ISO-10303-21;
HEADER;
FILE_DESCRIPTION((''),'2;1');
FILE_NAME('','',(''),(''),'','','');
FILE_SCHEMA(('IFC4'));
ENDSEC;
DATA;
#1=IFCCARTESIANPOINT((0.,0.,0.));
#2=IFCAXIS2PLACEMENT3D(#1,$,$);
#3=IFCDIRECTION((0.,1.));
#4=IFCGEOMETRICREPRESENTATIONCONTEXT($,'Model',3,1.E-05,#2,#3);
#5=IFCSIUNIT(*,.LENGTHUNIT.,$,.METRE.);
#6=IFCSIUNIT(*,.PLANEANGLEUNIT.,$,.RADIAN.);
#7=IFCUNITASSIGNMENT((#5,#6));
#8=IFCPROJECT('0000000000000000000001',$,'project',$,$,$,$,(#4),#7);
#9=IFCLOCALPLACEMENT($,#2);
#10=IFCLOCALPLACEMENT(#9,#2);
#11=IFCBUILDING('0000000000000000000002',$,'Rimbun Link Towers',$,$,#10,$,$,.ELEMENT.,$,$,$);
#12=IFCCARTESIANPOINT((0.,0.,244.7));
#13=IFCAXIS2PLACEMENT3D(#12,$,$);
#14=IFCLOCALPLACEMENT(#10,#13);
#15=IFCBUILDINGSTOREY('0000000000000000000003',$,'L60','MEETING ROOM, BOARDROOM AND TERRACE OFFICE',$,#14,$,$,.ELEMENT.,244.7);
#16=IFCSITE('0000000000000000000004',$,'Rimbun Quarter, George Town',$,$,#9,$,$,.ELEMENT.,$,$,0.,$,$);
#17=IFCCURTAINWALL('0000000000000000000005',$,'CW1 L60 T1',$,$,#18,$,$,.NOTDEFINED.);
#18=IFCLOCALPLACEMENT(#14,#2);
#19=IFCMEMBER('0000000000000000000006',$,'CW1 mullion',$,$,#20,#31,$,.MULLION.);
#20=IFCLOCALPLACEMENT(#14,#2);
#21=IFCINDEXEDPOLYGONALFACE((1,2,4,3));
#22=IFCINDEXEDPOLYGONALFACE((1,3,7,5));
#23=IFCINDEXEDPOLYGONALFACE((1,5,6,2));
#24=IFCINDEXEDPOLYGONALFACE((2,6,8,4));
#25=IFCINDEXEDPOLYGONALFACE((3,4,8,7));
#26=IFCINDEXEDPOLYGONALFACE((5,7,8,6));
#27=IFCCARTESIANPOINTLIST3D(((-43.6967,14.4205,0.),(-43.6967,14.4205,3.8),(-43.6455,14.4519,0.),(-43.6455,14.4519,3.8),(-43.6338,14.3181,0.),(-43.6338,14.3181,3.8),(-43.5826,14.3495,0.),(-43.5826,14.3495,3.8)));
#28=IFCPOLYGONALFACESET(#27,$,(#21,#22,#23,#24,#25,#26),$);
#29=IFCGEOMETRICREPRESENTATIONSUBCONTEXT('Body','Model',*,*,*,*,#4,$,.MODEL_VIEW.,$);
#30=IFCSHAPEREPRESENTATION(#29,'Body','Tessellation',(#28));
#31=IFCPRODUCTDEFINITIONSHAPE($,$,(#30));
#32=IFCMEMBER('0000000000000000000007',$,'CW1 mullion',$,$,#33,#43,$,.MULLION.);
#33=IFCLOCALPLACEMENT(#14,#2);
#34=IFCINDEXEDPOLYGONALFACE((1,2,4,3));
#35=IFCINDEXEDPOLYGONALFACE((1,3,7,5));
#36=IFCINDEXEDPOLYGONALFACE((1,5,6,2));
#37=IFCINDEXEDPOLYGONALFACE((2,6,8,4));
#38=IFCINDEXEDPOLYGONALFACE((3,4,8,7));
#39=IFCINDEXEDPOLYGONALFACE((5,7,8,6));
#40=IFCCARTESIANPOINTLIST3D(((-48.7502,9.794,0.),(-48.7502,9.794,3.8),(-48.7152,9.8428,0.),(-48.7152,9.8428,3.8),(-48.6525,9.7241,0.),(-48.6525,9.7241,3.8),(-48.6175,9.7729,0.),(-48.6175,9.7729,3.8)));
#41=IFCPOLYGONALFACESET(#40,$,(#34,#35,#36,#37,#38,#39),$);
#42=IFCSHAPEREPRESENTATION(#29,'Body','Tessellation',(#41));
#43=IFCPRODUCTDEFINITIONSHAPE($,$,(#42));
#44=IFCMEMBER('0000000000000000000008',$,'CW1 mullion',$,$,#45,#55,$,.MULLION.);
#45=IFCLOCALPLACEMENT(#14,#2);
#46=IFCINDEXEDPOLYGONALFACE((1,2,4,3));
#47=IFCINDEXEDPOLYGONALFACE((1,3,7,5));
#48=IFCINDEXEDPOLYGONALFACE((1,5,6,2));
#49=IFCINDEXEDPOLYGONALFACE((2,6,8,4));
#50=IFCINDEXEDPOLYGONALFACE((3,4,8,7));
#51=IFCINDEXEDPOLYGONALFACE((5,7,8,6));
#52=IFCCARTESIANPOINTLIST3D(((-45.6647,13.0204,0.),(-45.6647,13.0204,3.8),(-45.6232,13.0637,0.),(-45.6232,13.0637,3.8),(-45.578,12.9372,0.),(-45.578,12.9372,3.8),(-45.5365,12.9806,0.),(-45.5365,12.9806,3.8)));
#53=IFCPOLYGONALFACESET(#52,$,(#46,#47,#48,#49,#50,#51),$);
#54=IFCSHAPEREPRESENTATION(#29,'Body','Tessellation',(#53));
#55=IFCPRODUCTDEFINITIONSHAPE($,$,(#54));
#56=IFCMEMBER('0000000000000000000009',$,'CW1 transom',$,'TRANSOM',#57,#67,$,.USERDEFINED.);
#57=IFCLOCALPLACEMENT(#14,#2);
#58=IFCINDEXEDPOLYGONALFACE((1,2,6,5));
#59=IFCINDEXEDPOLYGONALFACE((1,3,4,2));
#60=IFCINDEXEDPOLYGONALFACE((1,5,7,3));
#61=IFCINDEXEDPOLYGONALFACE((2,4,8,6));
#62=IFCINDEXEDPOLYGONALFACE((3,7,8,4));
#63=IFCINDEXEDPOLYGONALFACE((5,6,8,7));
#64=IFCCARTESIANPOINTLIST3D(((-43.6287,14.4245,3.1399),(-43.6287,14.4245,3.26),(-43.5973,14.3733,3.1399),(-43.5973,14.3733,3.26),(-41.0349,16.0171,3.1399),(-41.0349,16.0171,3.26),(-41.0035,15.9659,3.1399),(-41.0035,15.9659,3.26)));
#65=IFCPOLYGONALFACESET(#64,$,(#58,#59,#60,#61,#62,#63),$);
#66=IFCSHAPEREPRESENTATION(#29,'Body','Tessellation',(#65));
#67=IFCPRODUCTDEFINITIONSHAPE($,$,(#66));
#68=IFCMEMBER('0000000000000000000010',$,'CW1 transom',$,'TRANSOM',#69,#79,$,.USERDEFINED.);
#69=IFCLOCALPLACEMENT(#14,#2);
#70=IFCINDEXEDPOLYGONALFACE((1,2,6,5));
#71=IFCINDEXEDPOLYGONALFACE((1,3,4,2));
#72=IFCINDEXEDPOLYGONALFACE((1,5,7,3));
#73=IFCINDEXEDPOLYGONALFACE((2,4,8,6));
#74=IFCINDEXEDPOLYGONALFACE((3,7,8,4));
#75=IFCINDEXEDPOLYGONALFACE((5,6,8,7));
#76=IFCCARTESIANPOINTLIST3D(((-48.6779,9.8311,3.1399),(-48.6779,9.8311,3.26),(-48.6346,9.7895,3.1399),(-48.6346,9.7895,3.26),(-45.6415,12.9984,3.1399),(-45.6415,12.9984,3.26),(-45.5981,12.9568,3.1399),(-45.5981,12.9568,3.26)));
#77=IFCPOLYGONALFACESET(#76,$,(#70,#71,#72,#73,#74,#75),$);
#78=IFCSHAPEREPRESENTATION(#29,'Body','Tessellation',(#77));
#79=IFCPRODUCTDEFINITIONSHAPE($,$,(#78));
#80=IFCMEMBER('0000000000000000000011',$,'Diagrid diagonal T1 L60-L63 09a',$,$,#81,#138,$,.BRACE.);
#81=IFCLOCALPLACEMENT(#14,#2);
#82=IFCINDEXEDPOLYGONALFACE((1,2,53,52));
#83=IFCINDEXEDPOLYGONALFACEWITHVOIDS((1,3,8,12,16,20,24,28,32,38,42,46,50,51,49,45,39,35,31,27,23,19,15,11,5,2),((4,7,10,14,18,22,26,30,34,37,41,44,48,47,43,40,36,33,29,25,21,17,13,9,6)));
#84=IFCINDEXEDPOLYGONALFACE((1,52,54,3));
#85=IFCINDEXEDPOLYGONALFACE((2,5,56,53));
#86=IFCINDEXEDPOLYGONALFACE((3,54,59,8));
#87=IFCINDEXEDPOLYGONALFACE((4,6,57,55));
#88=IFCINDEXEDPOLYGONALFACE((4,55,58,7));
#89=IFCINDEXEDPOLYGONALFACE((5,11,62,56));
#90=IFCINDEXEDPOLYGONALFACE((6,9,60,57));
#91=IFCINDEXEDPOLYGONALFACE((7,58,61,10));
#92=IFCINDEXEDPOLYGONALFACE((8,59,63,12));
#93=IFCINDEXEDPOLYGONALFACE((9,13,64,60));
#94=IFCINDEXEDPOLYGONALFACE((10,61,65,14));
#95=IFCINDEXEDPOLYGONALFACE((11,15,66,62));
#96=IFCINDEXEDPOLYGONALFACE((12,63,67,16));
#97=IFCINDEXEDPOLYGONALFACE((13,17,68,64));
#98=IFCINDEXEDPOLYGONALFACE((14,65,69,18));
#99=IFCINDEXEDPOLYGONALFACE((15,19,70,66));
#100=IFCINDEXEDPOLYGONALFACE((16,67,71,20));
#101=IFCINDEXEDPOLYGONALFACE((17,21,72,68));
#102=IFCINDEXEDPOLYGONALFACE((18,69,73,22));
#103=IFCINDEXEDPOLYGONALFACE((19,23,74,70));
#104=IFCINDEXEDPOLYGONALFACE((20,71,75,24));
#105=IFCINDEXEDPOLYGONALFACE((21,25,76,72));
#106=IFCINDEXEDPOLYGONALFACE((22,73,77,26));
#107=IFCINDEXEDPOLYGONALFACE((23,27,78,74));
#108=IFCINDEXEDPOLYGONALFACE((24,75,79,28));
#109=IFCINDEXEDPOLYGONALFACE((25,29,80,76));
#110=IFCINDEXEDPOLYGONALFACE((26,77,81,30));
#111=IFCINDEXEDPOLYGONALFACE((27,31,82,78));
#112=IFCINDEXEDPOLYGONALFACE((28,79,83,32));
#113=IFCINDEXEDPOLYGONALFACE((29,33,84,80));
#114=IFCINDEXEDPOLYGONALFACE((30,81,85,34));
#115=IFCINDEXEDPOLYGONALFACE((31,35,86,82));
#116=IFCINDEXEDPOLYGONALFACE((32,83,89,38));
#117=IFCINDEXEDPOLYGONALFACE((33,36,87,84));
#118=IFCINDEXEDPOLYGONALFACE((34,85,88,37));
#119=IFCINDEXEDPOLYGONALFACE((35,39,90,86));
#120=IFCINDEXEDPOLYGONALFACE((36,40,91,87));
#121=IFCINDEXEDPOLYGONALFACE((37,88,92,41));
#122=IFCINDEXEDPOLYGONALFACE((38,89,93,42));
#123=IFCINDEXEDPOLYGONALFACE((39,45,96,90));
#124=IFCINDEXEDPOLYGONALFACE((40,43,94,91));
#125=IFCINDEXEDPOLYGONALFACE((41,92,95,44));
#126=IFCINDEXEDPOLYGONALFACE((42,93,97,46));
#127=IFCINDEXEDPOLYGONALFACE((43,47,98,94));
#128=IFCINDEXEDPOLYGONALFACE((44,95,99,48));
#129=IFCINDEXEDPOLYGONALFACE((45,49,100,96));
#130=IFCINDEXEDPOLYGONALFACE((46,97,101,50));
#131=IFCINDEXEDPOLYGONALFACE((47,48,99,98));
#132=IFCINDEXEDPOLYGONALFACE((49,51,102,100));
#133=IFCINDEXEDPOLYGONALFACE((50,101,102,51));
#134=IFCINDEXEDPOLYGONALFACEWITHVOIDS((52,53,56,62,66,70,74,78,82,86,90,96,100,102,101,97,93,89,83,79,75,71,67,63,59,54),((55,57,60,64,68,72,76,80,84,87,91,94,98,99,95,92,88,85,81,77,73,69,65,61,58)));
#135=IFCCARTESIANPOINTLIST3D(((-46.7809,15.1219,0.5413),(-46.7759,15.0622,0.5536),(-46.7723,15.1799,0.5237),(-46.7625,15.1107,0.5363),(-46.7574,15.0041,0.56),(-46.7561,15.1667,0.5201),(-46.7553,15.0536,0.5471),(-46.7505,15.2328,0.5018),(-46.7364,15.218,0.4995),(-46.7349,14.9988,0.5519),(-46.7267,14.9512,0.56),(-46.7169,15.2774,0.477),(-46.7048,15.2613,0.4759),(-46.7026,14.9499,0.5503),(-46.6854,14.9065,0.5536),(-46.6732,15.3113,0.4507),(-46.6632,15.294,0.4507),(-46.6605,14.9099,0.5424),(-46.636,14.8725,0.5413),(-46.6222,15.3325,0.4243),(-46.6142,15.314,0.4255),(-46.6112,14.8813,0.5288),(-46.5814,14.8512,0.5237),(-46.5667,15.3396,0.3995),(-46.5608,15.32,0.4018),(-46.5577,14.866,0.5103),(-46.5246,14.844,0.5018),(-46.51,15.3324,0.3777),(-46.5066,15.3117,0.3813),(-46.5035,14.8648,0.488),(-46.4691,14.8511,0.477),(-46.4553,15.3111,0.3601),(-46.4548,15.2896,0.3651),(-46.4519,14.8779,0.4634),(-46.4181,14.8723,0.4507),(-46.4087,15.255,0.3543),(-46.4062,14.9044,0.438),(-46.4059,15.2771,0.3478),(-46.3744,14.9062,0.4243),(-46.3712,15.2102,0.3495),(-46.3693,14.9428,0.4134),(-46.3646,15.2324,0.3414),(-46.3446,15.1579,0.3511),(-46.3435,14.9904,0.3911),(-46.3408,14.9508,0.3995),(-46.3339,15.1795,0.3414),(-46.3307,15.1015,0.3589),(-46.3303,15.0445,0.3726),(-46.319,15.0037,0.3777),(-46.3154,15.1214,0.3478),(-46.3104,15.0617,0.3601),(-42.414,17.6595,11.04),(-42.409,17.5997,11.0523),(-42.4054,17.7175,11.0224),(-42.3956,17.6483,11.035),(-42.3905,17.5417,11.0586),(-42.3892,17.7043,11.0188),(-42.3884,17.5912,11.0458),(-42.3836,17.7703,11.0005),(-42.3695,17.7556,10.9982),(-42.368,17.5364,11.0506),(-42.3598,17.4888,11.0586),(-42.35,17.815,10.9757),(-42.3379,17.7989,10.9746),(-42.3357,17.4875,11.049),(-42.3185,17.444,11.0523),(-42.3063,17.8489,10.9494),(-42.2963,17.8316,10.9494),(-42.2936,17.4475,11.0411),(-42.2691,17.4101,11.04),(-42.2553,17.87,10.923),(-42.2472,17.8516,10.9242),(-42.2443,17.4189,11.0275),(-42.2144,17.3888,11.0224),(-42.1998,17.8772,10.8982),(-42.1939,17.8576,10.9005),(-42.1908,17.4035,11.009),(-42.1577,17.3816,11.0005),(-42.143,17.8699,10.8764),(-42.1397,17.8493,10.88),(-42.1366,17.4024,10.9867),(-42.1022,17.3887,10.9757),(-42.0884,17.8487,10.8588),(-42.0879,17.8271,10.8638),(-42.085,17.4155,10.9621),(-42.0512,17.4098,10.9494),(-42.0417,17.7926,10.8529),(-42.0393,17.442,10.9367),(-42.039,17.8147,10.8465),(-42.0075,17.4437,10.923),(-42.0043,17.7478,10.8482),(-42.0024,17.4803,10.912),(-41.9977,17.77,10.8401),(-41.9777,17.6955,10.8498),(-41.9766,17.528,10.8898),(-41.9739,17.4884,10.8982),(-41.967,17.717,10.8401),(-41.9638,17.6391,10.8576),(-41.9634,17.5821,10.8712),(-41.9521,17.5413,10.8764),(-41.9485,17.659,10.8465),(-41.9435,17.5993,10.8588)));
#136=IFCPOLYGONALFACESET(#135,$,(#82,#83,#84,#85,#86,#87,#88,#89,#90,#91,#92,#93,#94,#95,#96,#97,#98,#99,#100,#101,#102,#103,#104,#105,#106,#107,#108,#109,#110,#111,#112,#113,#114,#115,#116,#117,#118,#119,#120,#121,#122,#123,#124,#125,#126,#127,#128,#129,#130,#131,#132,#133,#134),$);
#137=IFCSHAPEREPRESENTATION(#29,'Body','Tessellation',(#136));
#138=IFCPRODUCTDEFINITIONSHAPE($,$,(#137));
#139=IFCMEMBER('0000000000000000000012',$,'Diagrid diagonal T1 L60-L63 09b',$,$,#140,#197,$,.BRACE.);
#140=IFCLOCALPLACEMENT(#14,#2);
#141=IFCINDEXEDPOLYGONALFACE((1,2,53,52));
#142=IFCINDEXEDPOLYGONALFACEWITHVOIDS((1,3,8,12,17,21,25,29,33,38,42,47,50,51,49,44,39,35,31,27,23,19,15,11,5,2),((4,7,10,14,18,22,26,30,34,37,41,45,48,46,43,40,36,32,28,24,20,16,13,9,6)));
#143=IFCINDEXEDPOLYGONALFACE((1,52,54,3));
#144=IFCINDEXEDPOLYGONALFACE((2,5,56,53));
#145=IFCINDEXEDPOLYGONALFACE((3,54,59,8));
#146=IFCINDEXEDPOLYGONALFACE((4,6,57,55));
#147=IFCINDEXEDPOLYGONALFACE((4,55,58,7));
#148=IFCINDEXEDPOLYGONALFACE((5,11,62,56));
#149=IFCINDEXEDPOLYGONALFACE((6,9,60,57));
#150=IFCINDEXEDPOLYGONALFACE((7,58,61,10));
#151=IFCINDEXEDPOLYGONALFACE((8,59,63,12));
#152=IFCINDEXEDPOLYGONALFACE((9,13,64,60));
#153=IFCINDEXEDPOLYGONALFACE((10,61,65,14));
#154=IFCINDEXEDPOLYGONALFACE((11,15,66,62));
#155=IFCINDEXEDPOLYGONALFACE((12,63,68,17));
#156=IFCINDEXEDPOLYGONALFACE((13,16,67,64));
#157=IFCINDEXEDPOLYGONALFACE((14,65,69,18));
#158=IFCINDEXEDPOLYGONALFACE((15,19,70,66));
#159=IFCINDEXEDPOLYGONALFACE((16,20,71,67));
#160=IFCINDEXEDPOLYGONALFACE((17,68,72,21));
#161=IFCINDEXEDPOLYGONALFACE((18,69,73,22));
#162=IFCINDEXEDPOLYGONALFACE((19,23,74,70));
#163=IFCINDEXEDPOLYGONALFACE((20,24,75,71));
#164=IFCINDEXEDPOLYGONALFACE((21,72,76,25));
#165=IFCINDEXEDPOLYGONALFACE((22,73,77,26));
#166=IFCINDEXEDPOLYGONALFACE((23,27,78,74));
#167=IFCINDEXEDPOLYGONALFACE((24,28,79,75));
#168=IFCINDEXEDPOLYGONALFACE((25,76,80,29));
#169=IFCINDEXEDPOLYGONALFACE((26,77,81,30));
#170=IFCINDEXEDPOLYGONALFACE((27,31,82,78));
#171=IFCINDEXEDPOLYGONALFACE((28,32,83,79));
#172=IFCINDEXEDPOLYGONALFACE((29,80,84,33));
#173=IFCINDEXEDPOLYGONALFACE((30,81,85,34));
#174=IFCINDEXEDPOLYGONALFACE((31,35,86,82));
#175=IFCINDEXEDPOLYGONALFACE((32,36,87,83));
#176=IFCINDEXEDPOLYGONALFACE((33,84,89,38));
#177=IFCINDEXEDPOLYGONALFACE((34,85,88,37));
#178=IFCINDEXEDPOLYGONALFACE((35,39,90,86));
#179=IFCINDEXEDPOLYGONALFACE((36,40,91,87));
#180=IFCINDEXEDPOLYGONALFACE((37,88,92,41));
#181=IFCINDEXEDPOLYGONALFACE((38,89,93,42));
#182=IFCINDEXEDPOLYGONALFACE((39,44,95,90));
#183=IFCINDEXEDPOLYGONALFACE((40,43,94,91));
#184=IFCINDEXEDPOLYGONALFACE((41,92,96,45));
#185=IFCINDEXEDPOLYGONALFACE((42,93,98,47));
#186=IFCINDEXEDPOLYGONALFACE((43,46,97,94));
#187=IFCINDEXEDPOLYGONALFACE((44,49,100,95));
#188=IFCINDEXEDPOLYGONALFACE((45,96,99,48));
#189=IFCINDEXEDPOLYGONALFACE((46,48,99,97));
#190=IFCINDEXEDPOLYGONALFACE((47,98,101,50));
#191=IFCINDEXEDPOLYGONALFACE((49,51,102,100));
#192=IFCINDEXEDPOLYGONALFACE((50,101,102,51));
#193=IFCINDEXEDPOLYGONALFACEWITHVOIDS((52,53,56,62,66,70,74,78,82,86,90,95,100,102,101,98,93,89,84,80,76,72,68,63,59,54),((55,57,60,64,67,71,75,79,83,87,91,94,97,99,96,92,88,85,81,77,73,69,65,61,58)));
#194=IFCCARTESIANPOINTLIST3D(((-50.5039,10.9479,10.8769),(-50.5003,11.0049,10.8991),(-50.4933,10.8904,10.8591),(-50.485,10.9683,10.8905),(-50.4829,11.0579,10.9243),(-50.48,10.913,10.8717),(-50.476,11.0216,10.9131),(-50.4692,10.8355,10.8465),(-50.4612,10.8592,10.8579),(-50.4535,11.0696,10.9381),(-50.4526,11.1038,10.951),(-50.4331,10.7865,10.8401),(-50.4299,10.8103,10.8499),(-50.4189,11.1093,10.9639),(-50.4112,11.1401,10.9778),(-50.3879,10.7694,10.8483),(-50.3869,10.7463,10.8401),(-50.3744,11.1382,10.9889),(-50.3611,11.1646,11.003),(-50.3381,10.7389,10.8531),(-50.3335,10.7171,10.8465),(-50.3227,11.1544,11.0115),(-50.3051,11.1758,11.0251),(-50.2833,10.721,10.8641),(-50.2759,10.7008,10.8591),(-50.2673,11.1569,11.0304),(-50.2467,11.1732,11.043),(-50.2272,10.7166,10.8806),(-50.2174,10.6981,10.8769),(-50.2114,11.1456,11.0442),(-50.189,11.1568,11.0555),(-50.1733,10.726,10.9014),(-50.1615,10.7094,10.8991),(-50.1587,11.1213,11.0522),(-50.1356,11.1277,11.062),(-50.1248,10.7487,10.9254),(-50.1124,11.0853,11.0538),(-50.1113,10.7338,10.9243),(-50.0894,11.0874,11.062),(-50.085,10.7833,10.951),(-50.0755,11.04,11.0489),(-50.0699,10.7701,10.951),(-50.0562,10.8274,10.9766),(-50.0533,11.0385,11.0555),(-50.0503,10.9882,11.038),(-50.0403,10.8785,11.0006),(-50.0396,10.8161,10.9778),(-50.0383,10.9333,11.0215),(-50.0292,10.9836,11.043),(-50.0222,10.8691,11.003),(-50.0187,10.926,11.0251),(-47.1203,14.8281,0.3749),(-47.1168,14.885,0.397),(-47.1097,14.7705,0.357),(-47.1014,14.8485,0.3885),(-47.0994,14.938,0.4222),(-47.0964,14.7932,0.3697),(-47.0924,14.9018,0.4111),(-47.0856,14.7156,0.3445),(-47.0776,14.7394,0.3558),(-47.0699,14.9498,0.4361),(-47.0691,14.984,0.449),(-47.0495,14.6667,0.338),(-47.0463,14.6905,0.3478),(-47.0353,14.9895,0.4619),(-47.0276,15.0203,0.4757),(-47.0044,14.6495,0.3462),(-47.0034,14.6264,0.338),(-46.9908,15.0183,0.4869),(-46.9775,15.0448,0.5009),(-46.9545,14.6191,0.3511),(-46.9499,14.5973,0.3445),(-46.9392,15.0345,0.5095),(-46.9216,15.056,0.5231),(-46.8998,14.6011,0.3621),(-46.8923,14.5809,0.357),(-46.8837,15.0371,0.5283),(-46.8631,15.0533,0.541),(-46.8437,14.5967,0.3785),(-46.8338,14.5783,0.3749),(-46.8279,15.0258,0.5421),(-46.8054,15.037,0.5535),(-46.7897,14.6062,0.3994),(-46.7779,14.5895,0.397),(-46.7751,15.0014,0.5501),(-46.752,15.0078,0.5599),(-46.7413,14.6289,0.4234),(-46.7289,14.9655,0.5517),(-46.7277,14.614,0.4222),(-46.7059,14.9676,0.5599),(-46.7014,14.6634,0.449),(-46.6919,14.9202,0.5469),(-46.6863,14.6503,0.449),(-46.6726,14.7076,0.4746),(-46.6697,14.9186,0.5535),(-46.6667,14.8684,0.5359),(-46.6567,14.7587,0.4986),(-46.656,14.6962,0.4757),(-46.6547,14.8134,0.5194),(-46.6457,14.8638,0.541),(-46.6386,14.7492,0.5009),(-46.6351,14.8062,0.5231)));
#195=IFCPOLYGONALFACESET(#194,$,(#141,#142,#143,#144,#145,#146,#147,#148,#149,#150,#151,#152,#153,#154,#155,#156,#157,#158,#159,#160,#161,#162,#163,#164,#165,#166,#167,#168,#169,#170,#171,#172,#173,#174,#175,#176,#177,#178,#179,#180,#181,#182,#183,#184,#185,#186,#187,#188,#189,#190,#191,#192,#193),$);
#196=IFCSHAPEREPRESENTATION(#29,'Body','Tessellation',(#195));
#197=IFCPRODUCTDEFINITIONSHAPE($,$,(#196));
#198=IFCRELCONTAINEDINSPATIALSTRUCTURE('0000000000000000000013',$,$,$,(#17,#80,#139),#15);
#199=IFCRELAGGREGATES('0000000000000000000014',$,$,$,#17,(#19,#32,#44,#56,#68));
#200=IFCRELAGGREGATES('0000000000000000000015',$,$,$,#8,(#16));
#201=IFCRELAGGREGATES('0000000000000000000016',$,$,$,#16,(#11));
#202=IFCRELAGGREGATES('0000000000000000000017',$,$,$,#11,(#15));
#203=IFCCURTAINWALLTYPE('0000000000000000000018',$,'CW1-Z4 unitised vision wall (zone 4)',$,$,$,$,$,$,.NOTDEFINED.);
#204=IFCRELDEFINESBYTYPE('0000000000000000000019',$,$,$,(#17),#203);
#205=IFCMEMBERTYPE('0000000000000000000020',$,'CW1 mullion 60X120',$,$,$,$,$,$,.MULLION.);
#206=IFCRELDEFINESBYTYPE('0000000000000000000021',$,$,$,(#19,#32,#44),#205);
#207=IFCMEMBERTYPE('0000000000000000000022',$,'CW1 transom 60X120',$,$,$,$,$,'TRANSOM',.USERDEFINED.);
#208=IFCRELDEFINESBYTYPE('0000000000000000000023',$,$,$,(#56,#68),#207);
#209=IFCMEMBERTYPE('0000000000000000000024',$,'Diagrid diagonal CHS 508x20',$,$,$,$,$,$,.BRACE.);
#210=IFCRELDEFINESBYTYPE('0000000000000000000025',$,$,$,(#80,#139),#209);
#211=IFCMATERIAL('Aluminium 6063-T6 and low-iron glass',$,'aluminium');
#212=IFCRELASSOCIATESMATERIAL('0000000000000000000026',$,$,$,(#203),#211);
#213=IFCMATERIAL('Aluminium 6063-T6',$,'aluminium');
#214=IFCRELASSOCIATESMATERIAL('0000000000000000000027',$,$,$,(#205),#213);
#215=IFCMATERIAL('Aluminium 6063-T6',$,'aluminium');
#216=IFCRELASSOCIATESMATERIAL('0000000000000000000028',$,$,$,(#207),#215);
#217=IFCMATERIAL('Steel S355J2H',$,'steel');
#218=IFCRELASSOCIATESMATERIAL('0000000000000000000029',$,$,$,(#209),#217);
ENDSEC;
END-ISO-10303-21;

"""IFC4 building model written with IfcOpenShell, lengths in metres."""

from ifc_helpers import new_model, si_unit, direction, frame, origin, origin_2d, place, context, subcontext, project, spatial, rectangle, hollow_circle, extrude, material, material_profile, profile_set, type_object, element, aggregate, save


model = new_model("IFC4")

# Units and contexts
model_context = context("Model", 3, precision=1e-05, world=origin(), true_north=direction((0.0, 1.0)))
body_context = subcontext(model_context, "Body", "Model", "MODEL_VIEW")
ifc_project = project(units=[si_unit("LENGTHUNIT", "METRE"), si_unit("PLANEANGLEUNIT", "RADIAN")], contexts=[model_context])

# Site, building, storey
site_placement = place(None, origin())
site = spatial("IfcSite", under=ifc_project, at=site_placement, Name="Rimbun Quarter, George Town", CompositionType="ELEMENT", RefElevation=0.0)
building_placement = place(site_placement, origin())
building = spatial("IfcBuilding", under=site, at=building_placement, Name="Rimbun Link Towers", CompositionType="ELEMENT")
storey_placement = place(building_placement, frame((0.0, 0.0, 244.7)))
storey = spatial("IfcBuildingStorey", under=building, at=storey_placement, Name="L60", Description="MEETING ROOM, BOARDROOM AND TERRACE OFFICE", CompositionType="ELEMENT", Elevation=244.7)

# Curtain wall, members
ifc_material_1 = material(Name="Aluminium 6063-T6 and low-iron glass", Category="aluminium")
curtain_wall_type = type_object("IfcCurtainWallType", Name="CW1-Z4 unitised vision wall (zone 4)", PredefinedType="NOTDEFINED", material=ifc_material_1)
curtain_wall_placement = place(storey_placement, origin())
curtain_wall = element("IfcCurtainWall", 1, at=curtain_wall_placement, inside=storey, type_object=curtain_wall_type, Name="CW1 L60 T1", PredefinedType="NOTDEFINED")
ifc_material_2 = material(Name="Aluminium 6063-T6", Category="aluminium")
ifc_material_profile_1 = material_profile(ifc_material_2, rectangle(XDim=0.1201, YDim=0.0601, at=origin_2d()), Name="MULLION 60X120")
ifc_profile_set_1 = profile_set([ifc_material_profile_1], Name="Aluminium 6063-T6")
member_type_1 = type_object("IfcMemberType", Name="CW1 mullion 60X120", PredefinedType="MULLION", material=ifc_profile_set_1)
member_1_placement = place(storey_placement, frame((-43.6396, 14.385, 0.0), z_axis=(0.0, 0.0, 1.0), x_axis=(-0.523229, 0.852192, 0.0)))
member_1 = element("IfcMember", 2, at=member_1_placement, type_object=member_type_1, Name="CW1 mullion", PredefinedType="MULLION", context=body_context, shape_type="SweptSolid", body=[
    extrude(rectangle(XDim=0.1201, YDim=0.0601, at=origin_2d()), origin(), (0.0, 0.0, 1.0), 3.8),
])
member_2_placement = place(storey_placement, frame((-48.6838, 9.7834, 0.0), z_axis=(0.0, 0.0, 1.0), x_axis=(-0.813354, 0.581769, 0.0)))
member_2 = element("IfcMember", 3, at=member_2_placement, type_object=member_type_1, Name="CW1 mullion", PredefinedType="MULLION", context=body_context, shape_type="SweptSolid", body=[
    extrude(rectangle(XDim=0.1201, YDim=0.0601, at=origin_2d()), origin(), (0.0, 0.0, 1.0), 3.8),
])
member_3_placement = place(storey_placement, frame((-45.6006, 13.0005, 0.0), z_axis=(0.0, 0.0, 1.0), x_axis=(-0.721858, 0.692041, 0.0)))
member_3 = element("IfcMember", 4, at=member_3_placement, type_object=member_type_1, Name="CW1 mullion", PredefinedType="MULLION", context=body_context, shape_type="SweptSolid", body=[
    extrude(rectangle(XDim=0.1201, YDim=0.0601, at=origin_2d()), origin(), (0.0, 0.0, 1.0), 3.8),
])
ifc_material_3 = material(Name="Aluminium 6063-T6", Category="aluminium")
ifc_material_profile_2 = material_profile(ifc_material_3, rectangle(XDim=0.0601, YDim=0.1201, at=origin_2d()), Name="TRANSOM 60X120")
ifc_profile_set_2 = profile_set([ifc_material_profile_2], Name="Aluminium 6063-T6")
member_type_2 = type_object("IfcMemberType", Name="CW1 transom 60X120", ElementType="TRANSOM", PredefinedType="USERDEFINED", material=ifc_profile_set_2)
member_4_placement = place(storey_placement, frame((-43.613, 14.3989, 3.2), z_axis=(0.852189, 0.523233, 0.0), x_axis=(-0.523233, 0.852189, 0.0)))
member_4 = element("IfcMember", 5, at=member_4_placement, type_object=member_type_2, Name="CW1 transom", ObjectType="TRANSOM", PredefinedType="USERDEFINED", context=body_context, shape_type="SweptSolid", body=[
    extrude(rectangle(XDim=0.0601, YDim=0.1201, at=origin_2d()), origin(), (0.0, 0.0, 1.0), 3.0437),
])
member_5_placement = place(storey_placement, frame((-48.6562, 9.8103, 3.2), z_axis=(0.692037, 0.721862, 0.0), x_axis=(-0.721862, 0.692037, 0.0)))
member_5 = element("IfcMember", 6, at=member_5_placement, type_object=member_type_2, Name="CW1 transom", ObjectType="TRANSOM", PredefinedType="USERDEFINED", context=body_context, shape_type="SweptSolid", body=[
    extrude(rectangle(XDim=0.0601, YDim=0.1201, at=origin_2d()), origin(), (0.0, 0.0, 1.0), 4.3877),
])

# Members
ifc_material_4 = material(Name="Steel S355J2H", Category="steel")
ifc_material_profile_3 = material_profile(ifc_material_4, hollow_circle(Radius=0.2539, WallThickness=0.02, at=origin_2d()), Name="Diagrid diagonal CHS 508x20")
ifc_profile_set_3 = profile_set([ifc_material_profile_3], Name="Steel S355J2H")
member_type_3 = type_object("IfcMemberType", Name="Diagrid diagonal CHS 508x20", PredefinedType="BRACE", material=ifc_profile_set_3)
member_6_placement = place(storey_placement, frame((-46.5457, 15.0918, 0.4507), z_axis=(0.374829, 0.21781, 0.901145), x_axis=(-0.502425, 0.864621, 0.0)))
element("IfcMember", 7, at=member_6_placement, inside=storey, type_object=member_type_3, Name="Diagrid diagonal T1 L60-L63 09a", PredefinedType="BRACE", context=body_context, shape_type="SweptSolid", body=[
    extrude(hollow_circle(Radius=0.2539, WallThickness=0.02, at=origin_2d()), origin(), (0.0, 0.0, 1.0), 11.6504),
])
member_7_placement = place(storey_placement, frame((-46.8777, 14.8171, 0.449), z_axis=(-0.289293, -0.33175, 0.897915), x_axis=(0.753689, -0.657231, 0.0)))
element("IfcMember", 8, at=member_7_placement, inside=storey, type_object=member_type_3, Name="Diagrid diagonal T1 L60-L63 09b", PredefinedType="BRACE", context=body_context, shape_type="SweptSolid", body=[
    extrude(hollow_circle(Radius=0.2539, WallThickness=0.02, at=origin_2d()), origin(), (0.0, 0.0, 1.0), 11.696),
])

aggregate(curtain_wall, [member_1, member_2, member_3, member_4, member_5])

save(model, "model.ifc")
